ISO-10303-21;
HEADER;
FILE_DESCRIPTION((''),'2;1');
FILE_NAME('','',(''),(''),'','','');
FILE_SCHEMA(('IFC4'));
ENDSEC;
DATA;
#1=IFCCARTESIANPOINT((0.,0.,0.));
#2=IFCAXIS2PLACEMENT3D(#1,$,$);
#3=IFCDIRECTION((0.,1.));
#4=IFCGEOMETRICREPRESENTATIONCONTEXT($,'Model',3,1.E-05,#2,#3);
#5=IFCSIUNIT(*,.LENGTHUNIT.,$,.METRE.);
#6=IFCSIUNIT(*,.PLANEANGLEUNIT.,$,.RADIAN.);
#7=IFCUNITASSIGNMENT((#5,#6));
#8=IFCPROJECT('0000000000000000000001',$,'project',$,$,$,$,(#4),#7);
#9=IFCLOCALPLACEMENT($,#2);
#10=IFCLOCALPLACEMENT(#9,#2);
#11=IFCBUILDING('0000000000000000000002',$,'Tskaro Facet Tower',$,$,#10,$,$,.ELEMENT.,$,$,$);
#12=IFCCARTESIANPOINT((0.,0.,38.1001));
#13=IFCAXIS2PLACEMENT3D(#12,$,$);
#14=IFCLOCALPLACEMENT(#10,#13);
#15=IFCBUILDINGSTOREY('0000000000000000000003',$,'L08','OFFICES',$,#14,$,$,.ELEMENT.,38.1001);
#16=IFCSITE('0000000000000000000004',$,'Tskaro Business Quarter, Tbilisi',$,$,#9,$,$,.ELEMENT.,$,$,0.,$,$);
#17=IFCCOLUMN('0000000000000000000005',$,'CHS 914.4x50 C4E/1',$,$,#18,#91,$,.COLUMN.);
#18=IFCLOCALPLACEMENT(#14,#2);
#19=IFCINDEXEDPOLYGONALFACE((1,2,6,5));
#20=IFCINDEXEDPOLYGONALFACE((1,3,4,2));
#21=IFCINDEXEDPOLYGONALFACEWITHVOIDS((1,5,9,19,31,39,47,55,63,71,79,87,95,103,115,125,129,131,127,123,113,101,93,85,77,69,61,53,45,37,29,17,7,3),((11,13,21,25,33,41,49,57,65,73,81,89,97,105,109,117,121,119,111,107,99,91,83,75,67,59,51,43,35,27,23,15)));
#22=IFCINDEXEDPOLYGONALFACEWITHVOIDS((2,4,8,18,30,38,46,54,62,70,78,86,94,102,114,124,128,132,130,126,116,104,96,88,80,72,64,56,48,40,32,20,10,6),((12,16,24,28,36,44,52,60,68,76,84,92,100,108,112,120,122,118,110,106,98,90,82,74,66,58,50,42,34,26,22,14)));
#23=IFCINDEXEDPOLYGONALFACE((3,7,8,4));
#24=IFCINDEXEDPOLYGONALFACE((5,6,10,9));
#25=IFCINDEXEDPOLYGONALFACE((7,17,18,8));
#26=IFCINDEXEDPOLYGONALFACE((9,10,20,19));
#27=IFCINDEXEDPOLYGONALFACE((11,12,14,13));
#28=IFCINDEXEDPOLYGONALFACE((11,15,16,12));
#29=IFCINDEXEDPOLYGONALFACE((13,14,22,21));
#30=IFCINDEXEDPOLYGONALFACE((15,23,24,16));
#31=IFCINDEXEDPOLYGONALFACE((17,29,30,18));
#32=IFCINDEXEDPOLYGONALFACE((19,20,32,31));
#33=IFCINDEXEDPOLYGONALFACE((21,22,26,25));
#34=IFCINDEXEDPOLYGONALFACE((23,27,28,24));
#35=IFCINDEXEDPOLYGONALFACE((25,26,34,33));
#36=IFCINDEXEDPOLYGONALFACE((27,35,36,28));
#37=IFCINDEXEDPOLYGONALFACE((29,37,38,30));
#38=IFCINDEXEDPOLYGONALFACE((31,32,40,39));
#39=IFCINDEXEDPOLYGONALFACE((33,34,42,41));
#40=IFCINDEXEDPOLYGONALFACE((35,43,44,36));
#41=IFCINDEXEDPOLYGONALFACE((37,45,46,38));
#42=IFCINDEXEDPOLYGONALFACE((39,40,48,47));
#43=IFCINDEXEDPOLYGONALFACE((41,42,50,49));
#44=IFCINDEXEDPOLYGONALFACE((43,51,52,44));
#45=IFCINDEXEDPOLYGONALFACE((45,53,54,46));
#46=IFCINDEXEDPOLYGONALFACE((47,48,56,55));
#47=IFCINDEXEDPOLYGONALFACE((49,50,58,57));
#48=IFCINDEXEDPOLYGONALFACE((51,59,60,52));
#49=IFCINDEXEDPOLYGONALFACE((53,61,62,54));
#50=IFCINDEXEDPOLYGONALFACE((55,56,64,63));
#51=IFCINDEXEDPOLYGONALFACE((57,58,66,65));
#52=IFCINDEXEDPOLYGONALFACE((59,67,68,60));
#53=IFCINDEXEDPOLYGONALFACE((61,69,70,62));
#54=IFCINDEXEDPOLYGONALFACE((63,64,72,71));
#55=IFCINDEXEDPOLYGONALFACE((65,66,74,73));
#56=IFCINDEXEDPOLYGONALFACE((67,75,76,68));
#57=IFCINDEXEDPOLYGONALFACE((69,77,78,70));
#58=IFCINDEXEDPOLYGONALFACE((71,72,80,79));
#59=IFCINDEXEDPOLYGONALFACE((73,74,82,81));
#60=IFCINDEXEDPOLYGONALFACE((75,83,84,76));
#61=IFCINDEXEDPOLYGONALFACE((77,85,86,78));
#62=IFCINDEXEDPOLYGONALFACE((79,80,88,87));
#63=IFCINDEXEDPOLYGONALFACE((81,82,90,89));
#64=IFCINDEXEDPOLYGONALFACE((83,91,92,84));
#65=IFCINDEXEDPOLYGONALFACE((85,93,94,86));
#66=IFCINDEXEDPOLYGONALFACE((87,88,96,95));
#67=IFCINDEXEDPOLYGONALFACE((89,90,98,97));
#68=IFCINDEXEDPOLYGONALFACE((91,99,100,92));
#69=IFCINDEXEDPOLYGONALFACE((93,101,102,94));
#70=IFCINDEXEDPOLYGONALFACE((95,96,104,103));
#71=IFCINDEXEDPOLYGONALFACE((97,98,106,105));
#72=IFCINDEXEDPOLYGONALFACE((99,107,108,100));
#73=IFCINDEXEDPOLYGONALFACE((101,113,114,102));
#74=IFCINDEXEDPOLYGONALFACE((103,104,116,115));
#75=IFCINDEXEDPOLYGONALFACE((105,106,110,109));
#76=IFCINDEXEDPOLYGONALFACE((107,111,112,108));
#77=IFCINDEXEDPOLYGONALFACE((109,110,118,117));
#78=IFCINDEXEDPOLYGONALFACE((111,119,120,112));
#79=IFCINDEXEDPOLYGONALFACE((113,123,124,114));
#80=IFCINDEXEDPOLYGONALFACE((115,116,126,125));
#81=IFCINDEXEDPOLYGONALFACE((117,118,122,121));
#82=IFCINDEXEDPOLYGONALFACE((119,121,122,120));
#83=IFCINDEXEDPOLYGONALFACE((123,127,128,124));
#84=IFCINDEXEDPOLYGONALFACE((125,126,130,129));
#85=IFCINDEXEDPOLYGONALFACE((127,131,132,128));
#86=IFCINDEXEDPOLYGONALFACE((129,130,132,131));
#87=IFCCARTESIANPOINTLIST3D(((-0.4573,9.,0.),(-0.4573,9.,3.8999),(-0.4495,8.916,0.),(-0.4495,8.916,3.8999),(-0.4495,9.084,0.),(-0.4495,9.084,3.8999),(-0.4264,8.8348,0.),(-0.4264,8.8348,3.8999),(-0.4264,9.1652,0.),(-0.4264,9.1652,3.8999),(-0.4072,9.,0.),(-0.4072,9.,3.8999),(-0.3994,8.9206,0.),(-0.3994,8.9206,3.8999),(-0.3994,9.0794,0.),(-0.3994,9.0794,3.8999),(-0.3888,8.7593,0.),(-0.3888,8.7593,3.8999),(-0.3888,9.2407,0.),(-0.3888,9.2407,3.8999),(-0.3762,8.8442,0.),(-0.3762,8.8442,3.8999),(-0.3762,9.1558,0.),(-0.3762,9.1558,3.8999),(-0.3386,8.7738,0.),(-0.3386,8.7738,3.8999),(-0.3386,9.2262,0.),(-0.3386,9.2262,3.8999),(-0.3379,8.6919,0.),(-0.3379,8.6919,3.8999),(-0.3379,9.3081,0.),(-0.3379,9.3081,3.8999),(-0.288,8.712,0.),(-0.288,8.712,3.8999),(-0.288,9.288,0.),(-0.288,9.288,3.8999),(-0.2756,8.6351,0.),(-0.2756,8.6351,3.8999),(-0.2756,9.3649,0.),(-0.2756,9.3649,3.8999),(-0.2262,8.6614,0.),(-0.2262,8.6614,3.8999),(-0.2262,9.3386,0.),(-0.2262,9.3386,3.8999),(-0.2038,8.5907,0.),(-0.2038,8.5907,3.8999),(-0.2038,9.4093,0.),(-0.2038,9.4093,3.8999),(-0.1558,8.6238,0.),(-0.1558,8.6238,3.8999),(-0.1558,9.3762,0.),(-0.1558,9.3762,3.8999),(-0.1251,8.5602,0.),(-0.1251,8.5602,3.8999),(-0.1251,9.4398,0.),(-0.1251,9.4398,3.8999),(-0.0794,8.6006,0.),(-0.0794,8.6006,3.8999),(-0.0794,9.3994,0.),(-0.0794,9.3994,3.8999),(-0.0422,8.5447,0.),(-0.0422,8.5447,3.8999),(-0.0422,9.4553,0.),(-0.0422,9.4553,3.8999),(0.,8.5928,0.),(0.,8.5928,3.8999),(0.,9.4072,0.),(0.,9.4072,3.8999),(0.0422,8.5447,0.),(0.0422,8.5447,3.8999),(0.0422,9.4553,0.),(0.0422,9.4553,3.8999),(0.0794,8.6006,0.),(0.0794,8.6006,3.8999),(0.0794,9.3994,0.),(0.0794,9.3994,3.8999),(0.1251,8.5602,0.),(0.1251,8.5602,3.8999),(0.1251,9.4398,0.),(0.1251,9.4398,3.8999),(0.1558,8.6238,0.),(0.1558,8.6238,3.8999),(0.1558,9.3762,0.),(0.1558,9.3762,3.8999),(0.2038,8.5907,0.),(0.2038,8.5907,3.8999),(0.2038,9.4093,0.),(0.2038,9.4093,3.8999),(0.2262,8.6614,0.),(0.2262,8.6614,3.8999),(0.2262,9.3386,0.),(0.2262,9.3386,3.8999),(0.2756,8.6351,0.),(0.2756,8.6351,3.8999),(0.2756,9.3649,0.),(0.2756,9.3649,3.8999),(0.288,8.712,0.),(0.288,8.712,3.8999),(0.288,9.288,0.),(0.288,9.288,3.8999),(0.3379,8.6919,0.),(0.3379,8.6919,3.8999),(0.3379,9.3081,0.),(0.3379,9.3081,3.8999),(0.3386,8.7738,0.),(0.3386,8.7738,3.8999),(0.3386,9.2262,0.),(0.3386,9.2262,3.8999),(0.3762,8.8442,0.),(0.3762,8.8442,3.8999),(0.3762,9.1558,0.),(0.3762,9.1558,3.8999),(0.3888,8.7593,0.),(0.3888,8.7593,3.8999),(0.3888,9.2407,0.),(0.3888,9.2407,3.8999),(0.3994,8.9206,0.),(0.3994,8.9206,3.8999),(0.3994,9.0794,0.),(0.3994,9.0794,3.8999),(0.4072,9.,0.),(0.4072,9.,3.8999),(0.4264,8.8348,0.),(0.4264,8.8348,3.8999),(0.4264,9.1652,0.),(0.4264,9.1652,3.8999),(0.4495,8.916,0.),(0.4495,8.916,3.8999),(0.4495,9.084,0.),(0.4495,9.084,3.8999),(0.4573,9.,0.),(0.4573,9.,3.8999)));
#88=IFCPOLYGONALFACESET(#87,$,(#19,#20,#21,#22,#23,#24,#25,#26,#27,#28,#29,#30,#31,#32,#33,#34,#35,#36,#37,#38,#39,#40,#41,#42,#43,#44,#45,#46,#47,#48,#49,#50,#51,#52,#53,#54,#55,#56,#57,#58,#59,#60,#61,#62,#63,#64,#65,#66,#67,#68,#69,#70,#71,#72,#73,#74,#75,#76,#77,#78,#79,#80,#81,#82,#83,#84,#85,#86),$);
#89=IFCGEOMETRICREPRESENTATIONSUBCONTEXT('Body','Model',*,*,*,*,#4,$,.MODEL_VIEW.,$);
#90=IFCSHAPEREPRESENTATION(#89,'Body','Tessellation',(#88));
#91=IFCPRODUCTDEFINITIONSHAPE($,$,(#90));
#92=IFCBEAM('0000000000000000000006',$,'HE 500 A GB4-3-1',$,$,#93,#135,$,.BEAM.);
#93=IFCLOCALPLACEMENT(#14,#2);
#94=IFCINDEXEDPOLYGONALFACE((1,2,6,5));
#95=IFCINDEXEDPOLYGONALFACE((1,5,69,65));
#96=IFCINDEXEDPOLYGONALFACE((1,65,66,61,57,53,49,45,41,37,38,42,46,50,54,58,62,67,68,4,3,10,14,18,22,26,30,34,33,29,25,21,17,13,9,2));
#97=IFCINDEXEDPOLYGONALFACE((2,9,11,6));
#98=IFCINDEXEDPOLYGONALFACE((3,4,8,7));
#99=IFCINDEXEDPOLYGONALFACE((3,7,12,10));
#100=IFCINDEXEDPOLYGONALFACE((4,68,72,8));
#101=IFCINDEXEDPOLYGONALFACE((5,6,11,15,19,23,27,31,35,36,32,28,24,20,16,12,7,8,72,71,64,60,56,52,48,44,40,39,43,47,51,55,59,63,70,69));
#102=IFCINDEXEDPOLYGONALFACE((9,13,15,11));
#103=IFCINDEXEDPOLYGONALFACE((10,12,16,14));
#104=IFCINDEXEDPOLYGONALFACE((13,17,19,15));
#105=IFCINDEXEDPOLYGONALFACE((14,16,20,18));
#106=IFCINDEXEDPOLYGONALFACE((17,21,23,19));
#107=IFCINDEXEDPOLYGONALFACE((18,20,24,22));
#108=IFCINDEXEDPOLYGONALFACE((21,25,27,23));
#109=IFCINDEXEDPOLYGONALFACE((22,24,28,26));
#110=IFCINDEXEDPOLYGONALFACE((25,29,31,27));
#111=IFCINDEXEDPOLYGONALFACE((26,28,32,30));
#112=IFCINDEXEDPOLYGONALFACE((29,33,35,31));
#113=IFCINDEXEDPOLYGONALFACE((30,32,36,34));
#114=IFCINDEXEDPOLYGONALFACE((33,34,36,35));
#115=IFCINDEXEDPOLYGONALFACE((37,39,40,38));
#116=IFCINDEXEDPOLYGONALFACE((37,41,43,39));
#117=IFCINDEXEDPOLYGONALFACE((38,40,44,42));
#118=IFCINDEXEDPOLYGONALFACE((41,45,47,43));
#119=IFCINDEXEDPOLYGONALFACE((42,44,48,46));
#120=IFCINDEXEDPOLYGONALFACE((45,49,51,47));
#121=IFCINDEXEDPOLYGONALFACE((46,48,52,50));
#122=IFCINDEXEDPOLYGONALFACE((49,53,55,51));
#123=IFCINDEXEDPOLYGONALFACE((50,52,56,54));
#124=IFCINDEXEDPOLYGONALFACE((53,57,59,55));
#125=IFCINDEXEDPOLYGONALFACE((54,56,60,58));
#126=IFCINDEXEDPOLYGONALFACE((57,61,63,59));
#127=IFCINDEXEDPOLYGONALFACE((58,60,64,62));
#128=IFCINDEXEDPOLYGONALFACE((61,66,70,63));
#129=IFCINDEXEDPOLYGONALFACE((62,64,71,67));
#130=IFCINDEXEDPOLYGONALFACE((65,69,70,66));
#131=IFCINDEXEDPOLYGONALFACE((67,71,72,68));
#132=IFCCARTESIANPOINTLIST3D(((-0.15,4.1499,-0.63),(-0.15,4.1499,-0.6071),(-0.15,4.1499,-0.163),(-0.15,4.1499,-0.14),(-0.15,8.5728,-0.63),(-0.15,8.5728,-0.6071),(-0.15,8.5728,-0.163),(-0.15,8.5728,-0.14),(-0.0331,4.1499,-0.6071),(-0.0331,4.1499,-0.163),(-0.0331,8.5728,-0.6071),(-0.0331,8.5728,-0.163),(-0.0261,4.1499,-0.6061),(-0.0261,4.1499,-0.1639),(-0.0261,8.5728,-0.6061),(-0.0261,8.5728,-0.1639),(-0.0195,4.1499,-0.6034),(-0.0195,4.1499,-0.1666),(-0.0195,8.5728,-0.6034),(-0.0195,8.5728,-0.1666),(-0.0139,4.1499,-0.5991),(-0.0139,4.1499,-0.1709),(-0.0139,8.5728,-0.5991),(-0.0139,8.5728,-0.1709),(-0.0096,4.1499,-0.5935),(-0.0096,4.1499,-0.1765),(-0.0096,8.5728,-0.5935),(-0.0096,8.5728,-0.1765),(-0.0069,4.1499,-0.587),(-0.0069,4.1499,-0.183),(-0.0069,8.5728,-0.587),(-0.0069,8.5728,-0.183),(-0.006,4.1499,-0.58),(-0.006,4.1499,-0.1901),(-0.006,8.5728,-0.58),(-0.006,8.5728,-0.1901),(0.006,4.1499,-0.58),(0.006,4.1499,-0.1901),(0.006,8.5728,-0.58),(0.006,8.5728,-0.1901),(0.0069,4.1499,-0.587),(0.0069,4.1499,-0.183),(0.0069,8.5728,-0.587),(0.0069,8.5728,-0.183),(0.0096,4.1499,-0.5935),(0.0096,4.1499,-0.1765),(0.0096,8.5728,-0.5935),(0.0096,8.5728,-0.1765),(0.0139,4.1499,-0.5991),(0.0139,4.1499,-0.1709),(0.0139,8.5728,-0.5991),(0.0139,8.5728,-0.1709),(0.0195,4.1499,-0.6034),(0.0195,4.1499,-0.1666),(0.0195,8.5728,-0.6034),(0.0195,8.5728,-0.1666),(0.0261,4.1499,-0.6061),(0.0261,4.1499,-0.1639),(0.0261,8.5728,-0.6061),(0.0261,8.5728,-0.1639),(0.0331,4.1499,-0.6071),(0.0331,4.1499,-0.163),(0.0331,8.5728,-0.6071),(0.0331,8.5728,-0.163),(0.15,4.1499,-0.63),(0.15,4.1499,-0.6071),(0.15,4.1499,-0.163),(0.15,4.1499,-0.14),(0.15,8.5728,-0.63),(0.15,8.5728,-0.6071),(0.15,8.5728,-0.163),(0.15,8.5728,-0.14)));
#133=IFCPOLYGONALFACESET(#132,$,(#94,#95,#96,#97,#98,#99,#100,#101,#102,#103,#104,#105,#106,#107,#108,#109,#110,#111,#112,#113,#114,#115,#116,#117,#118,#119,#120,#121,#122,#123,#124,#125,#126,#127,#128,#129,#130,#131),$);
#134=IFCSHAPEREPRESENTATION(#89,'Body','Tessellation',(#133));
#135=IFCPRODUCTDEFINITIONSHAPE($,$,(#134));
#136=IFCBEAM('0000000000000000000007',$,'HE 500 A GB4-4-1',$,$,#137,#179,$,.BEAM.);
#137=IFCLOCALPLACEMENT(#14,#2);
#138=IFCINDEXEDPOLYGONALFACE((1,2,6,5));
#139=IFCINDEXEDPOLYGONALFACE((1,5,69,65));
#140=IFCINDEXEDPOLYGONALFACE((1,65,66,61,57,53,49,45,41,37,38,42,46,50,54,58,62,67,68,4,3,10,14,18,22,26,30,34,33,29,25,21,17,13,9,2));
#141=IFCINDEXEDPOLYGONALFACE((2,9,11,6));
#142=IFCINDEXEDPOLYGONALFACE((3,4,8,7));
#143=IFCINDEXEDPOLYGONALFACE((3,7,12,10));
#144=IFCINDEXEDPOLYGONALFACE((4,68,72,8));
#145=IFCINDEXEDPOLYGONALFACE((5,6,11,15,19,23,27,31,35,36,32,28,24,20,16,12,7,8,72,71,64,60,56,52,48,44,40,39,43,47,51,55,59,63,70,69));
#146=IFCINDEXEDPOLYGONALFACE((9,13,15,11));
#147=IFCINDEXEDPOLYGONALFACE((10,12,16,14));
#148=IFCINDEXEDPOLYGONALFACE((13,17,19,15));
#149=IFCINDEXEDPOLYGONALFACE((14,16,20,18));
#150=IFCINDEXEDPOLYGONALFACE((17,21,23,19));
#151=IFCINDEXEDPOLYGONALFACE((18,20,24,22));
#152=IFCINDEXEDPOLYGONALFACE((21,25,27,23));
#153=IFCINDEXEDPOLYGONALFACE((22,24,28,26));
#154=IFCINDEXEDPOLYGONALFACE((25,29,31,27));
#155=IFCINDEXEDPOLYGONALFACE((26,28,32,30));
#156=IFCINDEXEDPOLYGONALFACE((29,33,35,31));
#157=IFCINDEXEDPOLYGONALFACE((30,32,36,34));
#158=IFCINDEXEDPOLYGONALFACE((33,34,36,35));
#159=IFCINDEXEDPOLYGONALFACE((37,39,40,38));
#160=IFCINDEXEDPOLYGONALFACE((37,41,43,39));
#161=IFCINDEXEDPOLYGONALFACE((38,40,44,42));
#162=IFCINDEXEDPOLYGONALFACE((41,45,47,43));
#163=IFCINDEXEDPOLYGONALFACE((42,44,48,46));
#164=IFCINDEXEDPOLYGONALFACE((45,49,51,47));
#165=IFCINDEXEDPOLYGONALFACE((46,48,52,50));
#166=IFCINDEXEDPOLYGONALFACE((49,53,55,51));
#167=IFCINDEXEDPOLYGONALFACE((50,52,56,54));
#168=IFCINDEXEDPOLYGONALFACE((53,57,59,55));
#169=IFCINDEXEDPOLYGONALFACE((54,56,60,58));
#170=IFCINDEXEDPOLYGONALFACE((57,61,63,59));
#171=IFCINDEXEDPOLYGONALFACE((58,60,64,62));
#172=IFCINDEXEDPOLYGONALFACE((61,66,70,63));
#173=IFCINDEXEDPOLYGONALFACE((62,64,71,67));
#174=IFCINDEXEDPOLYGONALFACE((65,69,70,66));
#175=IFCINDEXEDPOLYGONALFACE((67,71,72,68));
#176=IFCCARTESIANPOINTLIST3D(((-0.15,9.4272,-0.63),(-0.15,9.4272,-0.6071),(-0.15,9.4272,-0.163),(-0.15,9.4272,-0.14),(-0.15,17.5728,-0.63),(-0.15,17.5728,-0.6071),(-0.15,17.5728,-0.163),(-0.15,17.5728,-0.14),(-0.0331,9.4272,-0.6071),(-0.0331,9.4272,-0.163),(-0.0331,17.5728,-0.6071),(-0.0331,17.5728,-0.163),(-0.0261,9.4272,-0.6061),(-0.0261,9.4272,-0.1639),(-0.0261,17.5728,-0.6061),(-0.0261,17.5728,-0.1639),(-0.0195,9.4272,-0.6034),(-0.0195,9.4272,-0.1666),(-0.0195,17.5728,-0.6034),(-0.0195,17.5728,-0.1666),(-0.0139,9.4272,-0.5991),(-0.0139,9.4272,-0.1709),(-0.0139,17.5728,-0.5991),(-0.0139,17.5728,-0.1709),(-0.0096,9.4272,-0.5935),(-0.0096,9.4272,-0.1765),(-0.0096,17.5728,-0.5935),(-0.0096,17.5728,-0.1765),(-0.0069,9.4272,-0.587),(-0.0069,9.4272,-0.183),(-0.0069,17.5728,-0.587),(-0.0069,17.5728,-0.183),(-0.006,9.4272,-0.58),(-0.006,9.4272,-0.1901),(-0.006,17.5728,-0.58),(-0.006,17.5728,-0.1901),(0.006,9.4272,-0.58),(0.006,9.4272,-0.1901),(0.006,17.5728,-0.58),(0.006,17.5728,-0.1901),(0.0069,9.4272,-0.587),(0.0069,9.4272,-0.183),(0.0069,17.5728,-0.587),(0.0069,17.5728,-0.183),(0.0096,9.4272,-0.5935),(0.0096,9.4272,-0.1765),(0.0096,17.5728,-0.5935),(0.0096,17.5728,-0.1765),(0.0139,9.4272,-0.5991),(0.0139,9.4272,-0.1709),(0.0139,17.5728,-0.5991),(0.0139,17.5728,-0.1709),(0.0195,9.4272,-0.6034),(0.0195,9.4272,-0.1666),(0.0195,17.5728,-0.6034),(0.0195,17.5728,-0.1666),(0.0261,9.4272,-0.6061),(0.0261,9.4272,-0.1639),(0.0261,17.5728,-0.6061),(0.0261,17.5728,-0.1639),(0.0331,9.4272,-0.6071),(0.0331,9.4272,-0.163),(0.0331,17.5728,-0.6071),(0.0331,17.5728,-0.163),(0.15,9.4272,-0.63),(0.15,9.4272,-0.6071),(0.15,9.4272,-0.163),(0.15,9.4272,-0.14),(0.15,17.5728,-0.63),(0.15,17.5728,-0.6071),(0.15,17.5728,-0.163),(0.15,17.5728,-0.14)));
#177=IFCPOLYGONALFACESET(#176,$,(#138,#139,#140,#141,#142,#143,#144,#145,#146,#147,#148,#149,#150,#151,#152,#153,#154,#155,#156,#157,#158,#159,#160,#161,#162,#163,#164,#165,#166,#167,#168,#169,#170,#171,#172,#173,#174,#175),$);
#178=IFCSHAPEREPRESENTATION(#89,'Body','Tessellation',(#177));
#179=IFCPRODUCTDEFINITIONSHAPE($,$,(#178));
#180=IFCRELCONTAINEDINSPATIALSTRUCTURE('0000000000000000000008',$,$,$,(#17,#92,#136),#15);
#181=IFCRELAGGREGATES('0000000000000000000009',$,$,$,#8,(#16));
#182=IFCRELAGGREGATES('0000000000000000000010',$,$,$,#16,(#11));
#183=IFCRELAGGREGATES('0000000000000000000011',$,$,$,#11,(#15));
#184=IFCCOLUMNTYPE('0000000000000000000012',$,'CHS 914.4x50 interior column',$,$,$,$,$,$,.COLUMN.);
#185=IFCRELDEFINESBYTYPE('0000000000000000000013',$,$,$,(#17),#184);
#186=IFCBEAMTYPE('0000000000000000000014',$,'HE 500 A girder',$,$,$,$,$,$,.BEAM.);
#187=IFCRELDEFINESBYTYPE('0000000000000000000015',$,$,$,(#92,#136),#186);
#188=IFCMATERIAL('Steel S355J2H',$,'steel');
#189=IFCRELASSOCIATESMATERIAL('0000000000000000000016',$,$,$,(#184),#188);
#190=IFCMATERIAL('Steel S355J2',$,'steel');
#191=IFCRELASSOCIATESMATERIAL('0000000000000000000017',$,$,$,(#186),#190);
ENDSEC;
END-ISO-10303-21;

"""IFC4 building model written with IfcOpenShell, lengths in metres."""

from ifc_helpers import new_model, si_unit, direction, frame, origin, origin_2d, place, context, subcontext, project, spatial, hollow_circle, i_section, extrude, material, material_profile, profile_set, type_object, element, save


model = new_model("IFC4")

# Units and contexts
model_context = context("Model", 3, precision=1e-05, world=origin(), true_north=direction((0.0, 1.0)))
body_context = subcontext(model_context, "Body", "Model", "MODEL_VIEW")
ifc_project = project(units=[si_unit("LENGTHUNIT", "METRE"), si_unit("PLANEANGLEUNIT", "RADIAN")], contexts=[model_context])

# Site, building, storey
site_placement = place(None, origin())
site = spatial("IfcSite", under=ifc_project, at=site_placement, Name="Tskaro Business Quarter, Tbilisi", CompositionType="ELEMENT", RefElevation=0.0)
building_placement = place(site_placement, origin())
building = spatial("IfcBuilding", under=site, at=building_placement, Name="Tskaro Facet Tower", CompositionType="ELEMENT")
storey_placement = place(building_placement, frame((0.0, 0.0, 38.1001)))
storey = spatial("IfcBuildingStorey", under=building, at=storey_placement, Name="L08", Description="OFFICES", CompositionType="ELEMENT", Elevation=38.1001)

# Column
ifc_material_1 = material(Name="Steel S355J2H", Category="steel")
ifc_material_profile_1 = material_profile(ifc_material_1, hollow_circle(Radius=0.4573, WallThickness=0.05, at=origin_2d()), Name="CHS 914.4x50")
ifc_profile_set_1 = profile_set([ifc_material_profile_1], Name="Steel S355J2H")
column_type = type_object("IfcColumnType", Name="CHS 914.4x50 interior column", PredefinedType="COLUMN", material=ifc_profile_set_1)
column_placement = place(storey_placement, frame((0.0, 9.0, 0.0), z_axis=(0.0, 0.0, 1.0), x_axis=(1.0, 0.0, 0.0)))
element("IfcColumn", 1, at=column_placement, inside=storey, type_object=column_type, Name="CHS 914.4x50 C4E/1", PredefinedType="COLUMN", context=body_context, shape_type="SweptSolid", body=[
    extrude(hollow_circle(Radius=0.4573, WallThickness=0.05, at=origin_2d()), origin(), (0.0, 0.0, 1.0), 3.8999),
])

# Beams
ifc_material_2 = material(Name="Steel S355J2", Category="steel")
ifc_material_profile_2 = material_profile(ifc_material_2, i_section(OverallWidth=0.3, OverallDepth=0.49, WebThickness=0.012, FlangeThickness=0.0229, FilletRadius=0.0271, at=origin_2d()), Name="HE 500 A")
ifc_profile_set_2 = profile_set([ifc_material_profile_2], Name="Steel S355J2")
beam_type_1 = type_object("IfcBeamType", Name="HE 500 A girder", PredefinedType="BEAM", material=ifc_profile_set_2)
beam_1_placement = place(storey_placement, frame((0.0, 4.1499, -0.385), z_axis=(0.0, 1.0, 0.0), x_axis=(-1.0, 0.0, 0.0)))
element("IfcBeam", 2, at=beam_1_placement, inside=storey, type_object=beam_type_1, Name="HE 500 A GB4-3-1", PredefinedType="BEAM", context=body_context, shape_type="SweptSolid", body=[
    extrude(i_section(OverallWidth=0.3, OverallDepth=0.49, WebThickness=0.012, FlangeThickness=0.0229, FilletRadius=0.0271, at=origin_2d()), origin(), (0.0, 0.0, 1.0), 4.4229),
])
beam_2_placement = place(storey_placement, frame((0.0, 9.4272, -0.385), z_axis=(0.0, 1.0, 0.0), x_axis=(-1.0, 0.0, 0.0)))
element("IfcBeam", 3, at=beam_2_placement, inside=storey, type_object=beam_type_1, Name="HE 500 A GB4-4-1", PredefinedType="BEAM", context=body_context, shape_type="SweptSolid", body=[
    extrude(i_section(OverallWidth=0.3, OverallDepth=0.49, WebThickness=0.012, FlangeThickness=0.0229, FilletRadius=0.0271, at=origin_2d()), origin(), (0.0, 0.0, 1.0), 8.1455),
])

save(model, "model.ifc")
